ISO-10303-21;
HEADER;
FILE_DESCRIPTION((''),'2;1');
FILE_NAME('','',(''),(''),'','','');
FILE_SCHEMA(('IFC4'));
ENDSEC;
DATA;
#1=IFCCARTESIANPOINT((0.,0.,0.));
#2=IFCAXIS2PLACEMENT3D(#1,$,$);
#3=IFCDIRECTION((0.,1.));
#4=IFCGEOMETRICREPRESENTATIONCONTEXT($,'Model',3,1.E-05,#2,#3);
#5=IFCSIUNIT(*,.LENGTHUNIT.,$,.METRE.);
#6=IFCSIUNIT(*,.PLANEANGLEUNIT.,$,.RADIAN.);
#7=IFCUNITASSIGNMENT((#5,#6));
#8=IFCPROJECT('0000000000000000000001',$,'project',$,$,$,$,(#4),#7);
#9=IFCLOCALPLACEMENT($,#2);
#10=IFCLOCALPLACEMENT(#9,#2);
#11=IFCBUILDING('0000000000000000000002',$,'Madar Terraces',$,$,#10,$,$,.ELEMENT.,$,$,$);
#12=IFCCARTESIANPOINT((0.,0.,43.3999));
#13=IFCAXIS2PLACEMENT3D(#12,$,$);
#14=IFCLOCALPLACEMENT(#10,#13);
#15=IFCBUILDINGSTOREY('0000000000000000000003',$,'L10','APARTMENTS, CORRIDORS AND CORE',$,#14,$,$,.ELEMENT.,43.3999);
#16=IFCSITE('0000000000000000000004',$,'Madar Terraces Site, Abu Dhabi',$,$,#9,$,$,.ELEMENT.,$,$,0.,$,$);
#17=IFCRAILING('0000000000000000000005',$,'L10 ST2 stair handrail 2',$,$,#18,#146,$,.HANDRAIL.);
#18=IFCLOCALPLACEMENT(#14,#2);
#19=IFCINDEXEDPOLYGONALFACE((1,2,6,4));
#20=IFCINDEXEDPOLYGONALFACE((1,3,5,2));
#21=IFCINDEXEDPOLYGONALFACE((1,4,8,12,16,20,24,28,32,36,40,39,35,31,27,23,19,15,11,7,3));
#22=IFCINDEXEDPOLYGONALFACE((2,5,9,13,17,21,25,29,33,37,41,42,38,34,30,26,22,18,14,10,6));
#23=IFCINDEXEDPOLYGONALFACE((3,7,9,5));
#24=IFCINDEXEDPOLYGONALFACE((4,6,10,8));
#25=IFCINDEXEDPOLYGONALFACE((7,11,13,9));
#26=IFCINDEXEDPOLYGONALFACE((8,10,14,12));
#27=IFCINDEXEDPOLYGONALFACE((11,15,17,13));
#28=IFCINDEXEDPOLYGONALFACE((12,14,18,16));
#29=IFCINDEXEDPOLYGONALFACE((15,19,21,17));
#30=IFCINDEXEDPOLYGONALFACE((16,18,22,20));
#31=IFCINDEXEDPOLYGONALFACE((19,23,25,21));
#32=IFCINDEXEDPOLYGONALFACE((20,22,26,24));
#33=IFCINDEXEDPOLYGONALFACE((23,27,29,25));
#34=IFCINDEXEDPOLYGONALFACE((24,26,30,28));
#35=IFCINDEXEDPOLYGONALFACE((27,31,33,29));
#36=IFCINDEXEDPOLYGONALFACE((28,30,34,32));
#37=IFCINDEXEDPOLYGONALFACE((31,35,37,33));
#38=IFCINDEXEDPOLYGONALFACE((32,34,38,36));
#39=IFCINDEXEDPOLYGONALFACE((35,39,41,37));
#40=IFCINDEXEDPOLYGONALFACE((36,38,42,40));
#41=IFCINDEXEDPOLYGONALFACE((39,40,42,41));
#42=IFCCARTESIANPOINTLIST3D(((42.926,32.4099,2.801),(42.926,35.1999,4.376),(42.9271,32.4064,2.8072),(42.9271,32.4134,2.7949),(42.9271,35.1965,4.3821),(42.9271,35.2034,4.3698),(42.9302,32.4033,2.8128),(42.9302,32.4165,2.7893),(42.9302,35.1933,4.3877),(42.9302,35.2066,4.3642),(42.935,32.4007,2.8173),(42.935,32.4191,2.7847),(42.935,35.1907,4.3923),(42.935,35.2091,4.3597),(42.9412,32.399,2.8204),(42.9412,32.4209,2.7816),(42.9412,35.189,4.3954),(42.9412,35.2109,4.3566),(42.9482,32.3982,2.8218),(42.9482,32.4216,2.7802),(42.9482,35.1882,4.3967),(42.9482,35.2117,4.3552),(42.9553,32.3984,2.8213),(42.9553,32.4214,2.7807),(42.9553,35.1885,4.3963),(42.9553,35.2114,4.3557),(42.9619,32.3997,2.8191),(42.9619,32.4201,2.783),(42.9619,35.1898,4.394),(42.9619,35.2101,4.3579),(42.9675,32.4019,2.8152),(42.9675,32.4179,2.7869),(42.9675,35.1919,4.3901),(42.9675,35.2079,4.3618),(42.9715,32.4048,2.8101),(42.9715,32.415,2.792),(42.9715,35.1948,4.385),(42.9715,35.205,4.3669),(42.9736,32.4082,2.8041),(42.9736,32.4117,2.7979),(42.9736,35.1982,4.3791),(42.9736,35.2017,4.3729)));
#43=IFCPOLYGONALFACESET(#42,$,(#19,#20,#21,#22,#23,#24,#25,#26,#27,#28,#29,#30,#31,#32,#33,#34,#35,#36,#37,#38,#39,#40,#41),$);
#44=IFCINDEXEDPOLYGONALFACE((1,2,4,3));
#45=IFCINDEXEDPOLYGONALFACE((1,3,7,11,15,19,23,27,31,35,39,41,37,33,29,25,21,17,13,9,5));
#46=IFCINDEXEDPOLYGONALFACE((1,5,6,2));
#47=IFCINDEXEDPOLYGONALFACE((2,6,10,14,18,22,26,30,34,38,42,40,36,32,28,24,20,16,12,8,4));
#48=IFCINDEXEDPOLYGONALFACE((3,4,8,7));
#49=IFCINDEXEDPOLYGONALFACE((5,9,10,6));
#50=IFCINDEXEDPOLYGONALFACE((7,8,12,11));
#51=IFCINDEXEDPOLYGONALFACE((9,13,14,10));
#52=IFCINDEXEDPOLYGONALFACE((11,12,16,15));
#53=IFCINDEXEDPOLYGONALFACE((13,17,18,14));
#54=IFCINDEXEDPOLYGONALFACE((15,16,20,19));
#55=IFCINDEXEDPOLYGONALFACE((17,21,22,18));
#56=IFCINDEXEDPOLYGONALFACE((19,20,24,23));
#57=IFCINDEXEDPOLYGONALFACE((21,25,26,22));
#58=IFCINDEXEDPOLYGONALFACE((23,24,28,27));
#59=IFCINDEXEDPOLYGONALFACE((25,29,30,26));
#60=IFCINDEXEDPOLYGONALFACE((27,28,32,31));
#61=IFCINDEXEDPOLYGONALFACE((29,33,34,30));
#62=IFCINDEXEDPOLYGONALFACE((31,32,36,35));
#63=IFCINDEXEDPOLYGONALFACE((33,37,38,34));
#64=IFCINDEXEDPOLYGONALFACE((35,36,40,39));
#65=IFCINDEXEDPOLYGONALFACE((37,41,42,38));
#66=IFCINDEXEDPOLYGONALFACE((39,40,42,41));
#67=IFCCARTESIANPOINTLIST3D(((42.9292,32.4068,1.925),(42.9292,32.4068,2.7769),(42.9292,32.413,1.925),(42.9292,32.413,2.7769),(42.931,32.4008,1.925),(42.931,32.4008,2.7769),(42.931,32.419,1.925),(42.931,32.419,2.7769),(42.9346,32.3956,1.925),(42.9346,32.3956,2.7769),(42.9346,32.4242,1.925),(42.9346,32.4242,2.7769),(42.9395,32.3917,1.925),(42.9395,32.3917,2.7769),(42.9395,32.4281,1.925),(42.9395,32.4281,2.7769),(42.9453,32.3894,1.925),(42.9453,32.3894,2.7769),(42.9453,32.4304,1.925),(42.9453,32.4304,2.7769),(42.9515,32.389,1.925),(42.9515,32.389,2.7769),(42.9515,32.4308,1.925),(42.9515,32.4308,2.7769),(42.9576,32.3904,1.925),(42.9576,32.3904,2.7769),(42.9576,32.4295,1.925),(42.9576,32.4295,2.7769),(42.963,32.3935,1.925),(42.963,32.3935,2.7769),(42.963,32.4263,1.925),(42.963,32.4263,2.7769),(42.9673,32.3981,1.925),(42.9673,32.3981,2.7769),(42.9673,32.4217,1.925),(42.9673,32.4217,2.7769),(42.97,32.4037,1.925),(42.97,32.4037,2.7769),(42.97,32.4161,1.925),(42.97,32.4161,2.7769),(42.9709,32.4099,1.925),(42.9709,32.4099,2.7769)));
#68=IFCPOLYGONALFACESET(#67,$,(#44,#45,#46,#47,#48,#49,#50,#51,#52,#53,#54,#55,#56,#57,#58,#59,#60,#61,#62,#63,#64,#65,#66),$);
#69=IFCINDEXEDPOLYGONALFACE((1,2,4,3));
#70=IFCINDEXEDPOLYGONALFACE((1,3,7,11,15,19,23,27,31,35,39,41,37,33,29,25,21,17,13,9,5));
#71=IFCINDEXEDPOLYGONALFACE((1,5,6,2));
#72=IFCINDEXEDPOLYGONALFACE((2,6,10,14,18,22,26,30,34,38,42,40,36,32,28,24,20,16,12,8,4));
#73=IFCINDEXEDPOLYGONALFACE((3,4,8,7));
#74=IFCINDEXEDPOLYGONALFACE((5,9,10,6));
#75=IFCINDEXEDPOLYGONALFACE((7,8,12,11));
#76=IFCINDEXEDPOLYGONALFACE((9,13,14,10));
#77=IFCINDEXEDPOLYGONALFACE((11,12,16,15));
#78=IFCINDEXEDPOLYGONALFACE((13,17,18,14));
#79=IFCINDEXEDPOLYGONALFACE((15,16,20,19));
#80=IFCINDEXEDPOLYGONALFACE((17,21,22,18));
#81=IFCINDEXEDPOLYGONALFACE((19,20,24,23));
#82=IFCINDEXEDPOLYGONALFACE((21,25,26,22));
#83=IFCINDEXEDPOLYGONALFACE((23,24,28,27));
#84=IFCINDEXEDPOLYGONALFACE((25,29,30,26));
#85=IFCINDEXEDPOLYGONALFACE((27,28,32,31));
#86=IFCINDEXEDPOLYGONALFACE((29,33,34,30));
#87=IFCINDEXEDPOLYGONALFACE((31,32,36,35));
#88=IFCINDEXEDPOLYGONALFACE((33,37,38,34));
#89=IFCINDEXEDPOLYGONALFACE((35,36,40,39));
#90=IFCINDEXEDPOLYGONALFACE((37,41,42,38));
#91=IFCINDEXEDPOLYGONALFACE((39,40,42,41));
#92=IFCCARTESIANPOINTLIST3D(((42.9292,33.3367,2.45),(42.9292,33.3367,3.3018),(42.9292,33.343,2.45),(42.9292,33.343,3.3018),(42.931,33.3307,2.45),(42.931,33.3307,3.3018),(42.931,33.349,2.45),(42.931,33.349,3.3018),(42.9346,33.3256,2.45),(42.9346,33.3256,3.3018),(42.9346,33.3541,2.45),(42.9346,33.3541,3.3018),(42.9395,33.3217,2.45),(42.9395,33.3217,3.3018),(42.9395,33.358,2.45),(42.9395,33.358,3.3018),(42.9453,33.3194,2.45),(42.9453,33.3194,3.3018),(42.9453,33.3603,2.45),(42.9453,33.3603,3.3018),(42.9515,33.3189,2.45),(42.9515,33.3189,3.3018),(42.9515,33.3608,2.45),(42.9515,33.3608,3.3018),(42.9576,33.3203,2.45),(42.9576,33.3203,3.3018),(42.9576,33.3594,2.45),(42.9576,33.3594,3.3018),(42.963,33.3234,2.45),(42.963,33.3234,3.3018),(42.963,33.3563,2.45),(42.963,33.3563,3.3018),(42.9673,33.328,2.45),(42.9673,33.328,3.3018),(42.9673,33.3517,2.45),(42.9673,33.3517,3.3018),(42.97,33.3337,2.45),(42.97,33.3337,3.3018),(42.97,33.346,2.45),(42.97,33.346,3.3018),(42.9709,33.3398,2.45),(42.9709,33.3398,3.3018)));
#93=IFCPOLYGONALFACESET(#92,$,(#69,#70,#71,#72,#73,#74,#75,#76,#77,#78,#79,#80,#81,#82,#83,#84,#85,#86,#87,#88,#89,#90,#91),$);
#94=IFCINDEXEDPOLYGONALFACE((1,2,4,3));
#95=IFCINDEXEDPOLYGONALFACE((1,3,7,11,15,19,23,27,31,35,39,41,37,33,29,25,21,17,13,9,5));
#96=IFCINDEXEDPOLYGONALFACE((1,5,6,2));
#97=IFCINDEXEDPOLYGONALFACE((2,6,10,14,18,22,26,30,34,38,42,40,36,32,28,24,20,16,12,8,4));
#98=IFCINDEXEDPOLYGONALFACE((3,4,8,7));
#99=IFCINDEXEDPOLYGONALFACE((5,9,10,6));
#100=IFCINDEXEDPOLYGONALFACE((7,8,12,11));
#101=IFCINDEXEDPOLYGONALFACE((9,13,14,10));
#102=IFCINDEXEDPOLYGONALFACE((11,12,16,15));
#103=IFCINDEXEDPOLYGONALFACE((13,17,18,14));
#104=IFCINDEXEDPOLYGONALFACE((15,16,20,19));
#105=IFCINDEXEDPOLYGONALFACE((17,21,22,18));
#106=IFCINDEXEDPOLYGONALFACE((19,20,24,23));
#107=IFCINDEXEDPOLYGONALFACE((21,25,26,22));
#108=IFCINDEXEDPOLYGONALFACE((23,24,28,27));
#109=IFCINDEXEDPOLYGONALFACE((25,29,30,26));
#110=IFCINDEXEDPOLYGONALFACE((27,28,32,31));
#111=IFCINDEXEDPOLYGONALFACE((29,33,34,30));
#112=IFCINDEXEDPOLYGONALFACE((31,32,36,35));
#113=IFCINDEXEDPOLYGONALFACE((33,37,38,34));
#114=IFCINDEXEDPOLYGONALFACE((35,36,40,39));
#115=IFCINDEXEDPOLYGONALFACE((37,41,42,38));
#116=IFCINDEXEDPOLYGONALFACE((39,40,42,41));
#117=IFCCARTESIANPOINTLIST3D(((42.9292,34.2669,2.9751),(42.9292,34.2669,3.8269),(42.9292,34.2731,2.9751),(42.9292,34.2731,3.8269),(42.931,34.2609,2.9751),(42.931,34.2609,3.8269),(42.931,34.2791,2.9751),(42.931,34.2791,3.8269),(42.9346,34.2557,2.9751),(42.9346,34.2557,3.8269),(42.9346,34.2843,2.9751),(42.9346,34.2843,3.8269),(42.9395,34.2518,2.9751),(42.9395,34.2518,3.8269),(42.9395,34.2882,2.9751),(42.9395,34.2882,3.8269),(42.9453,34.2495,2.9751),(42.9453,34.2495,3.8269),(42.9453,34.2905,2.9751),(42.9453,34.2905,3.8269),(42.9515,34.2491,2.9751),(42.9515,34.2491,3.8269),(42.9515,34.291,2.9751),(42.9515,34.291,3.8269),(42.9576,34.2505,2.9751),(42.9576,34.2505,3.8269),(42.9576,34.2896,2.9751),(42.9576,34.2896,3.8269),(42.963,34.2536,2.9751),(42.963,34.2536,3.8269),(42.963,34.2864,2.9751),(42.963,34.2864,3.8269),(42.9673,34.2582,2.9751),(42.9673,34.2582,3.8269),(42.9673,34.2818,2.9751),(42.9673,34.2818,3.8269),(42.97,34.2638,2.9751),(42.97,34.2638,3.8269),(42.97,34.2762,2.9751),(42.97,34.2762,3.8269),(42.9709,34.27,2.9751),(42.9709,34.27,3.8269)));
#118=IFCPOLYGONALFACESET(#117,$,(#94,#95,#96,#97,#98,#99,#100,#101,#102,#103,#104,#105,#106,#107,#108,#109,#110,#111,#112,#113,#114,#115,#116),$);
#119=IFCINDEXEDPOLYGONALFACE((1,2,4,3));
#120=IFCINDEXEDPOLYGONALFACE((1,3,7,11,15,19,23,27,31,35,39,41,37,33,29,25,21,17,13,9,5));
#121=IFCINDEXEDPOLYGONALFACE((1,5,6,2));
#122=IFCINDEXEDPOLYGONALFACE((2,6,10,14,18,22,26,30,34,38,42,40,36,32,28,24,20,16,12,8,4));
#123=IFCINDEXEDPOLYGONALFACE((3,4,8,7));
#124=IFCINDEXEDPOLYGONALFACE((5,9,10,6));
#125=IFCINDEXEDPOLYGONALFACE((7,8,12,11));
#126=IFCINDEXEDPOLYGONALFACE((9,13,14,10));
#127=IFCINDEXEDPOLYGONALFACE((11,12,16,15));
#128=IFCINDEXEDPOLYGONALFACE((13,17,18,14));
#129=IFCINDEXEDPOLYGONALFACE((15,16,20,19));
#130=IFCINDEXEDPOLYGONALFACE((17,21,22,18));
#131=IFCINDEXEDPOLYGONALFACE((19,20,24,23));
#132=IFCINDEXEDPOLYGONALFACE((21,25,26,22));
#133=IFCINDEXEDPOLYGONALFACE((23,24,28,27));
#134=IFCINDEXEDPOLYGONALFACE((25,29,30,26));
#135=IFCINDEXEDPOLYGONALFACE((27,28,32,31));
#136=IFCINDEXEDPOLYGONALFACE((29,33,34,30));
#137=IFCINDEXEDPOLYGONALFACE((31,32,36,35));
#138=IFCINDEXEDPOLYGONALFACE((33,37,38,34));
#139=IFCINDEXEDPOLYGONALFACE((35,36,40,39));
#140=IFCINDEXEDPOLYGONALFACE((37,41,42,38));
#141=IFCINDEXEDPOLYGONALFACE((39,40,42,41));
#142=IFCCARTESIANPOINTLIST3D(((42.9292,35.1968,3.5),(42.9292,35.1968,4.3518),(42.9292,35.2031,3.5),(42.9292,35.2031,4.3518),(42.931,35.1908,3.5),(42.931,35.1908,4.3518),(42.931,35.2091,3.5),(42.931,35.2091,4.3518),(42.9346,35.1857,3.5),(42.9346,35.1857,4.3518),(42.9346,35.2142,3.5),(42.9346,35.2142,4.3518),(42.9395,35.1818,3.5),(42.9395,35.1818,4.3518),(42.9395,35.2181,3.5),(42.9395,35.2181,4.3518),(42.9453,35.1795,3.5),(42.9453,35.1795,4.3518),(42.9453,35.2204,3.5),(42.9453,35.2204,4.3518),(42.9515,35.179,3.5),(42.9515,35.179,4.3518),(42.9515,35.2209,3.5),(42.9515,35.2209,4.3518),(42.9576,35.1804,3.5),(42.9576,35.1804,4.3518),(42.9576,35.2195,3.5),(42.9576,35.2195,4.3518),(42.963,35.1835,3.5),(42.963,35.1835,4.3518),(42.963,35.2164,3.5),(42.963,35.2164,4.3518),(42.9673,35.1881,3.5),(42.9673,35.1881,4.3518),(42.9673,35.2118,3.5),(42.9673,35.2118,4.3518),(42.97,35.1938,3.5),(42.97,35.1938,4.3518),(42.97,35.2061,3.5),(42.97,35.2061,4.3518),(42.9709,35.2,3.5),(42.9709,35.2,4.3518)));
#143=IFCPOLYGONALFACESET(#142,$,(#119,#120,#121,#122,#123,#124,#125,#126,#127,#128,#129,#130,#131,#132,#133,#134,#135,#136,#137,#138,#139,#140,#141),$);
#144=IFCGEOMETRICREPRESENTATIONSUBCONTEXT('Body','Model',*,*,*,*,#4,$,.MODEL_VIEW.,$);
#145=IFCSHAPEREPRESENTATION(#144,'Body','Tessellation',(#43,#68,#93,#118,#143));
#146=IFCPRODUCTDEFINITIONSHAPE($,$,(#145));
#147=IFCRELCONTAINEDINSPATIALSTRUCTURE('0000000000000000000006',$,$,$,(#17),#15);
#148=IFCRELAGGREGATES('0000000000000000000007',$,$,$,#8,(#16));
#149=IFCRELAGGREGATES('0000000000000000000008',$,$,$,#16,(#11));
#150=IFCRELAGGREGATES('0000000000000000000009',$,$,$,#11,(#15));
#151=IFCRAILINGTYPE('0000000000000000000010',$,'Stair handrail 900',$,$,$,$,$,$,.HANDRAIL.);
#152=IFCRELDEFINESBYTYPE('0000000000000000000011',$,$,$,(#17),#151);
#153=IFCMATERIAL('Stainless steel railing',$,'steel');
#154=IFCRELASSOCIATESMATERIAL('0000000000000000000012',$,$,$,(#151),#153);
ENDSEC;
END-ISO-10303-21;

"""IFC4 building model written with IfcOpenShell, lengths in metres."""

from ifc_helpers import new_model, si_unit, direction, frame, origin, origin_2d, place, context, subcontext, project, spatial, circle, extrude, material, type_object, element, save


model = new_model("IFC4")

# Units and contexts
model_context = context("Model", 3, precision=1e-05, world=origin(), true_north=direction((0.0, 1.0)))
body_context = subcontext(model_context, "Body", "Model", "MODEL_VIEW")
ifc_project = project(units=[si_unit("LENGTHUNIT", "METRE"), si_unit("PLANEANGLEUNIT", "RADIAN")], contexts=[model_context])

# Site, building, storey
site_placement = place(None, origin())
site = spatial("IfcSite", under=ifc_project, at=site_placement, Name="Madar Terraces Site, Abu Dhabi", CompositionType="ELEMENT", RefElevation=0.0)
building_placement = place(site_placement, origin())
building = spatial("IfcBuilding", under=site, at=building_placement, Name="Madar Terraces", CompositionType="ELEMENT")
storey_placement = place(building_placement, frame((0.0, 0.0, 43.3999)))
storey = spatial("IfcBuildingStorey", under=building, at=storey_placement, Name="L10", Description="APARTMENTS, CORRIDORS AND CORE", CompositionType="ELEMENT", Elevation=43.3999)

# Railing
ifc_material_1 = material(Name="Stainless steel railing", Category="steel")
railing_type_1 = type_object("IfcRailingType", Name="Stair handrail 900", PredefinedType="HANDRAIL", material=ifc_material_1)
railing_1_placement = place(storey_placement, frame((42.95, 32.4099, 1.925)))
element("IfcRailing", 1, at=railing_1_placement, inside=storey, type_object=railing_type_1, Name="L10 ST2 stair handrail 2", PredefinedType="HANDRAIL", context=body_context, shape_type="SweptSolid", body=[
    extrude(circle(Radius=0.0239, at=origin_2d()), frame((0.0, 0.0, 0.876), z_axis=(0.0, 0.870834, 0.491578), x_axis=(-1.0, 0.0, 0.0)), (0.0, 0.0, 1.0), 3.2039),
    extrude(circle(Radius=0.021, at=origin_2d()), origin(), (0.0, 0.0, 1.0), 0.8518),
    extrude(circle(Radius=0.021, at=origin_2d()), frame((0.0, 0.9299, 0.5249)), (0.0, 0.0, 1.0), 0.8518),
    extrude(circle(Radius=0.021, at=origin_2d()), frame((0.0, 1.8601, 1.05)), (0.0, 0.0, 1.0), 0.8518),
    extrude(circle(Radius=0.021, at=origin_2d()), frame((0.0, 2.79, 1.575)), (0.0, 0.0, 1.0), 0.8518),
])

save(model, "model.ifc")
